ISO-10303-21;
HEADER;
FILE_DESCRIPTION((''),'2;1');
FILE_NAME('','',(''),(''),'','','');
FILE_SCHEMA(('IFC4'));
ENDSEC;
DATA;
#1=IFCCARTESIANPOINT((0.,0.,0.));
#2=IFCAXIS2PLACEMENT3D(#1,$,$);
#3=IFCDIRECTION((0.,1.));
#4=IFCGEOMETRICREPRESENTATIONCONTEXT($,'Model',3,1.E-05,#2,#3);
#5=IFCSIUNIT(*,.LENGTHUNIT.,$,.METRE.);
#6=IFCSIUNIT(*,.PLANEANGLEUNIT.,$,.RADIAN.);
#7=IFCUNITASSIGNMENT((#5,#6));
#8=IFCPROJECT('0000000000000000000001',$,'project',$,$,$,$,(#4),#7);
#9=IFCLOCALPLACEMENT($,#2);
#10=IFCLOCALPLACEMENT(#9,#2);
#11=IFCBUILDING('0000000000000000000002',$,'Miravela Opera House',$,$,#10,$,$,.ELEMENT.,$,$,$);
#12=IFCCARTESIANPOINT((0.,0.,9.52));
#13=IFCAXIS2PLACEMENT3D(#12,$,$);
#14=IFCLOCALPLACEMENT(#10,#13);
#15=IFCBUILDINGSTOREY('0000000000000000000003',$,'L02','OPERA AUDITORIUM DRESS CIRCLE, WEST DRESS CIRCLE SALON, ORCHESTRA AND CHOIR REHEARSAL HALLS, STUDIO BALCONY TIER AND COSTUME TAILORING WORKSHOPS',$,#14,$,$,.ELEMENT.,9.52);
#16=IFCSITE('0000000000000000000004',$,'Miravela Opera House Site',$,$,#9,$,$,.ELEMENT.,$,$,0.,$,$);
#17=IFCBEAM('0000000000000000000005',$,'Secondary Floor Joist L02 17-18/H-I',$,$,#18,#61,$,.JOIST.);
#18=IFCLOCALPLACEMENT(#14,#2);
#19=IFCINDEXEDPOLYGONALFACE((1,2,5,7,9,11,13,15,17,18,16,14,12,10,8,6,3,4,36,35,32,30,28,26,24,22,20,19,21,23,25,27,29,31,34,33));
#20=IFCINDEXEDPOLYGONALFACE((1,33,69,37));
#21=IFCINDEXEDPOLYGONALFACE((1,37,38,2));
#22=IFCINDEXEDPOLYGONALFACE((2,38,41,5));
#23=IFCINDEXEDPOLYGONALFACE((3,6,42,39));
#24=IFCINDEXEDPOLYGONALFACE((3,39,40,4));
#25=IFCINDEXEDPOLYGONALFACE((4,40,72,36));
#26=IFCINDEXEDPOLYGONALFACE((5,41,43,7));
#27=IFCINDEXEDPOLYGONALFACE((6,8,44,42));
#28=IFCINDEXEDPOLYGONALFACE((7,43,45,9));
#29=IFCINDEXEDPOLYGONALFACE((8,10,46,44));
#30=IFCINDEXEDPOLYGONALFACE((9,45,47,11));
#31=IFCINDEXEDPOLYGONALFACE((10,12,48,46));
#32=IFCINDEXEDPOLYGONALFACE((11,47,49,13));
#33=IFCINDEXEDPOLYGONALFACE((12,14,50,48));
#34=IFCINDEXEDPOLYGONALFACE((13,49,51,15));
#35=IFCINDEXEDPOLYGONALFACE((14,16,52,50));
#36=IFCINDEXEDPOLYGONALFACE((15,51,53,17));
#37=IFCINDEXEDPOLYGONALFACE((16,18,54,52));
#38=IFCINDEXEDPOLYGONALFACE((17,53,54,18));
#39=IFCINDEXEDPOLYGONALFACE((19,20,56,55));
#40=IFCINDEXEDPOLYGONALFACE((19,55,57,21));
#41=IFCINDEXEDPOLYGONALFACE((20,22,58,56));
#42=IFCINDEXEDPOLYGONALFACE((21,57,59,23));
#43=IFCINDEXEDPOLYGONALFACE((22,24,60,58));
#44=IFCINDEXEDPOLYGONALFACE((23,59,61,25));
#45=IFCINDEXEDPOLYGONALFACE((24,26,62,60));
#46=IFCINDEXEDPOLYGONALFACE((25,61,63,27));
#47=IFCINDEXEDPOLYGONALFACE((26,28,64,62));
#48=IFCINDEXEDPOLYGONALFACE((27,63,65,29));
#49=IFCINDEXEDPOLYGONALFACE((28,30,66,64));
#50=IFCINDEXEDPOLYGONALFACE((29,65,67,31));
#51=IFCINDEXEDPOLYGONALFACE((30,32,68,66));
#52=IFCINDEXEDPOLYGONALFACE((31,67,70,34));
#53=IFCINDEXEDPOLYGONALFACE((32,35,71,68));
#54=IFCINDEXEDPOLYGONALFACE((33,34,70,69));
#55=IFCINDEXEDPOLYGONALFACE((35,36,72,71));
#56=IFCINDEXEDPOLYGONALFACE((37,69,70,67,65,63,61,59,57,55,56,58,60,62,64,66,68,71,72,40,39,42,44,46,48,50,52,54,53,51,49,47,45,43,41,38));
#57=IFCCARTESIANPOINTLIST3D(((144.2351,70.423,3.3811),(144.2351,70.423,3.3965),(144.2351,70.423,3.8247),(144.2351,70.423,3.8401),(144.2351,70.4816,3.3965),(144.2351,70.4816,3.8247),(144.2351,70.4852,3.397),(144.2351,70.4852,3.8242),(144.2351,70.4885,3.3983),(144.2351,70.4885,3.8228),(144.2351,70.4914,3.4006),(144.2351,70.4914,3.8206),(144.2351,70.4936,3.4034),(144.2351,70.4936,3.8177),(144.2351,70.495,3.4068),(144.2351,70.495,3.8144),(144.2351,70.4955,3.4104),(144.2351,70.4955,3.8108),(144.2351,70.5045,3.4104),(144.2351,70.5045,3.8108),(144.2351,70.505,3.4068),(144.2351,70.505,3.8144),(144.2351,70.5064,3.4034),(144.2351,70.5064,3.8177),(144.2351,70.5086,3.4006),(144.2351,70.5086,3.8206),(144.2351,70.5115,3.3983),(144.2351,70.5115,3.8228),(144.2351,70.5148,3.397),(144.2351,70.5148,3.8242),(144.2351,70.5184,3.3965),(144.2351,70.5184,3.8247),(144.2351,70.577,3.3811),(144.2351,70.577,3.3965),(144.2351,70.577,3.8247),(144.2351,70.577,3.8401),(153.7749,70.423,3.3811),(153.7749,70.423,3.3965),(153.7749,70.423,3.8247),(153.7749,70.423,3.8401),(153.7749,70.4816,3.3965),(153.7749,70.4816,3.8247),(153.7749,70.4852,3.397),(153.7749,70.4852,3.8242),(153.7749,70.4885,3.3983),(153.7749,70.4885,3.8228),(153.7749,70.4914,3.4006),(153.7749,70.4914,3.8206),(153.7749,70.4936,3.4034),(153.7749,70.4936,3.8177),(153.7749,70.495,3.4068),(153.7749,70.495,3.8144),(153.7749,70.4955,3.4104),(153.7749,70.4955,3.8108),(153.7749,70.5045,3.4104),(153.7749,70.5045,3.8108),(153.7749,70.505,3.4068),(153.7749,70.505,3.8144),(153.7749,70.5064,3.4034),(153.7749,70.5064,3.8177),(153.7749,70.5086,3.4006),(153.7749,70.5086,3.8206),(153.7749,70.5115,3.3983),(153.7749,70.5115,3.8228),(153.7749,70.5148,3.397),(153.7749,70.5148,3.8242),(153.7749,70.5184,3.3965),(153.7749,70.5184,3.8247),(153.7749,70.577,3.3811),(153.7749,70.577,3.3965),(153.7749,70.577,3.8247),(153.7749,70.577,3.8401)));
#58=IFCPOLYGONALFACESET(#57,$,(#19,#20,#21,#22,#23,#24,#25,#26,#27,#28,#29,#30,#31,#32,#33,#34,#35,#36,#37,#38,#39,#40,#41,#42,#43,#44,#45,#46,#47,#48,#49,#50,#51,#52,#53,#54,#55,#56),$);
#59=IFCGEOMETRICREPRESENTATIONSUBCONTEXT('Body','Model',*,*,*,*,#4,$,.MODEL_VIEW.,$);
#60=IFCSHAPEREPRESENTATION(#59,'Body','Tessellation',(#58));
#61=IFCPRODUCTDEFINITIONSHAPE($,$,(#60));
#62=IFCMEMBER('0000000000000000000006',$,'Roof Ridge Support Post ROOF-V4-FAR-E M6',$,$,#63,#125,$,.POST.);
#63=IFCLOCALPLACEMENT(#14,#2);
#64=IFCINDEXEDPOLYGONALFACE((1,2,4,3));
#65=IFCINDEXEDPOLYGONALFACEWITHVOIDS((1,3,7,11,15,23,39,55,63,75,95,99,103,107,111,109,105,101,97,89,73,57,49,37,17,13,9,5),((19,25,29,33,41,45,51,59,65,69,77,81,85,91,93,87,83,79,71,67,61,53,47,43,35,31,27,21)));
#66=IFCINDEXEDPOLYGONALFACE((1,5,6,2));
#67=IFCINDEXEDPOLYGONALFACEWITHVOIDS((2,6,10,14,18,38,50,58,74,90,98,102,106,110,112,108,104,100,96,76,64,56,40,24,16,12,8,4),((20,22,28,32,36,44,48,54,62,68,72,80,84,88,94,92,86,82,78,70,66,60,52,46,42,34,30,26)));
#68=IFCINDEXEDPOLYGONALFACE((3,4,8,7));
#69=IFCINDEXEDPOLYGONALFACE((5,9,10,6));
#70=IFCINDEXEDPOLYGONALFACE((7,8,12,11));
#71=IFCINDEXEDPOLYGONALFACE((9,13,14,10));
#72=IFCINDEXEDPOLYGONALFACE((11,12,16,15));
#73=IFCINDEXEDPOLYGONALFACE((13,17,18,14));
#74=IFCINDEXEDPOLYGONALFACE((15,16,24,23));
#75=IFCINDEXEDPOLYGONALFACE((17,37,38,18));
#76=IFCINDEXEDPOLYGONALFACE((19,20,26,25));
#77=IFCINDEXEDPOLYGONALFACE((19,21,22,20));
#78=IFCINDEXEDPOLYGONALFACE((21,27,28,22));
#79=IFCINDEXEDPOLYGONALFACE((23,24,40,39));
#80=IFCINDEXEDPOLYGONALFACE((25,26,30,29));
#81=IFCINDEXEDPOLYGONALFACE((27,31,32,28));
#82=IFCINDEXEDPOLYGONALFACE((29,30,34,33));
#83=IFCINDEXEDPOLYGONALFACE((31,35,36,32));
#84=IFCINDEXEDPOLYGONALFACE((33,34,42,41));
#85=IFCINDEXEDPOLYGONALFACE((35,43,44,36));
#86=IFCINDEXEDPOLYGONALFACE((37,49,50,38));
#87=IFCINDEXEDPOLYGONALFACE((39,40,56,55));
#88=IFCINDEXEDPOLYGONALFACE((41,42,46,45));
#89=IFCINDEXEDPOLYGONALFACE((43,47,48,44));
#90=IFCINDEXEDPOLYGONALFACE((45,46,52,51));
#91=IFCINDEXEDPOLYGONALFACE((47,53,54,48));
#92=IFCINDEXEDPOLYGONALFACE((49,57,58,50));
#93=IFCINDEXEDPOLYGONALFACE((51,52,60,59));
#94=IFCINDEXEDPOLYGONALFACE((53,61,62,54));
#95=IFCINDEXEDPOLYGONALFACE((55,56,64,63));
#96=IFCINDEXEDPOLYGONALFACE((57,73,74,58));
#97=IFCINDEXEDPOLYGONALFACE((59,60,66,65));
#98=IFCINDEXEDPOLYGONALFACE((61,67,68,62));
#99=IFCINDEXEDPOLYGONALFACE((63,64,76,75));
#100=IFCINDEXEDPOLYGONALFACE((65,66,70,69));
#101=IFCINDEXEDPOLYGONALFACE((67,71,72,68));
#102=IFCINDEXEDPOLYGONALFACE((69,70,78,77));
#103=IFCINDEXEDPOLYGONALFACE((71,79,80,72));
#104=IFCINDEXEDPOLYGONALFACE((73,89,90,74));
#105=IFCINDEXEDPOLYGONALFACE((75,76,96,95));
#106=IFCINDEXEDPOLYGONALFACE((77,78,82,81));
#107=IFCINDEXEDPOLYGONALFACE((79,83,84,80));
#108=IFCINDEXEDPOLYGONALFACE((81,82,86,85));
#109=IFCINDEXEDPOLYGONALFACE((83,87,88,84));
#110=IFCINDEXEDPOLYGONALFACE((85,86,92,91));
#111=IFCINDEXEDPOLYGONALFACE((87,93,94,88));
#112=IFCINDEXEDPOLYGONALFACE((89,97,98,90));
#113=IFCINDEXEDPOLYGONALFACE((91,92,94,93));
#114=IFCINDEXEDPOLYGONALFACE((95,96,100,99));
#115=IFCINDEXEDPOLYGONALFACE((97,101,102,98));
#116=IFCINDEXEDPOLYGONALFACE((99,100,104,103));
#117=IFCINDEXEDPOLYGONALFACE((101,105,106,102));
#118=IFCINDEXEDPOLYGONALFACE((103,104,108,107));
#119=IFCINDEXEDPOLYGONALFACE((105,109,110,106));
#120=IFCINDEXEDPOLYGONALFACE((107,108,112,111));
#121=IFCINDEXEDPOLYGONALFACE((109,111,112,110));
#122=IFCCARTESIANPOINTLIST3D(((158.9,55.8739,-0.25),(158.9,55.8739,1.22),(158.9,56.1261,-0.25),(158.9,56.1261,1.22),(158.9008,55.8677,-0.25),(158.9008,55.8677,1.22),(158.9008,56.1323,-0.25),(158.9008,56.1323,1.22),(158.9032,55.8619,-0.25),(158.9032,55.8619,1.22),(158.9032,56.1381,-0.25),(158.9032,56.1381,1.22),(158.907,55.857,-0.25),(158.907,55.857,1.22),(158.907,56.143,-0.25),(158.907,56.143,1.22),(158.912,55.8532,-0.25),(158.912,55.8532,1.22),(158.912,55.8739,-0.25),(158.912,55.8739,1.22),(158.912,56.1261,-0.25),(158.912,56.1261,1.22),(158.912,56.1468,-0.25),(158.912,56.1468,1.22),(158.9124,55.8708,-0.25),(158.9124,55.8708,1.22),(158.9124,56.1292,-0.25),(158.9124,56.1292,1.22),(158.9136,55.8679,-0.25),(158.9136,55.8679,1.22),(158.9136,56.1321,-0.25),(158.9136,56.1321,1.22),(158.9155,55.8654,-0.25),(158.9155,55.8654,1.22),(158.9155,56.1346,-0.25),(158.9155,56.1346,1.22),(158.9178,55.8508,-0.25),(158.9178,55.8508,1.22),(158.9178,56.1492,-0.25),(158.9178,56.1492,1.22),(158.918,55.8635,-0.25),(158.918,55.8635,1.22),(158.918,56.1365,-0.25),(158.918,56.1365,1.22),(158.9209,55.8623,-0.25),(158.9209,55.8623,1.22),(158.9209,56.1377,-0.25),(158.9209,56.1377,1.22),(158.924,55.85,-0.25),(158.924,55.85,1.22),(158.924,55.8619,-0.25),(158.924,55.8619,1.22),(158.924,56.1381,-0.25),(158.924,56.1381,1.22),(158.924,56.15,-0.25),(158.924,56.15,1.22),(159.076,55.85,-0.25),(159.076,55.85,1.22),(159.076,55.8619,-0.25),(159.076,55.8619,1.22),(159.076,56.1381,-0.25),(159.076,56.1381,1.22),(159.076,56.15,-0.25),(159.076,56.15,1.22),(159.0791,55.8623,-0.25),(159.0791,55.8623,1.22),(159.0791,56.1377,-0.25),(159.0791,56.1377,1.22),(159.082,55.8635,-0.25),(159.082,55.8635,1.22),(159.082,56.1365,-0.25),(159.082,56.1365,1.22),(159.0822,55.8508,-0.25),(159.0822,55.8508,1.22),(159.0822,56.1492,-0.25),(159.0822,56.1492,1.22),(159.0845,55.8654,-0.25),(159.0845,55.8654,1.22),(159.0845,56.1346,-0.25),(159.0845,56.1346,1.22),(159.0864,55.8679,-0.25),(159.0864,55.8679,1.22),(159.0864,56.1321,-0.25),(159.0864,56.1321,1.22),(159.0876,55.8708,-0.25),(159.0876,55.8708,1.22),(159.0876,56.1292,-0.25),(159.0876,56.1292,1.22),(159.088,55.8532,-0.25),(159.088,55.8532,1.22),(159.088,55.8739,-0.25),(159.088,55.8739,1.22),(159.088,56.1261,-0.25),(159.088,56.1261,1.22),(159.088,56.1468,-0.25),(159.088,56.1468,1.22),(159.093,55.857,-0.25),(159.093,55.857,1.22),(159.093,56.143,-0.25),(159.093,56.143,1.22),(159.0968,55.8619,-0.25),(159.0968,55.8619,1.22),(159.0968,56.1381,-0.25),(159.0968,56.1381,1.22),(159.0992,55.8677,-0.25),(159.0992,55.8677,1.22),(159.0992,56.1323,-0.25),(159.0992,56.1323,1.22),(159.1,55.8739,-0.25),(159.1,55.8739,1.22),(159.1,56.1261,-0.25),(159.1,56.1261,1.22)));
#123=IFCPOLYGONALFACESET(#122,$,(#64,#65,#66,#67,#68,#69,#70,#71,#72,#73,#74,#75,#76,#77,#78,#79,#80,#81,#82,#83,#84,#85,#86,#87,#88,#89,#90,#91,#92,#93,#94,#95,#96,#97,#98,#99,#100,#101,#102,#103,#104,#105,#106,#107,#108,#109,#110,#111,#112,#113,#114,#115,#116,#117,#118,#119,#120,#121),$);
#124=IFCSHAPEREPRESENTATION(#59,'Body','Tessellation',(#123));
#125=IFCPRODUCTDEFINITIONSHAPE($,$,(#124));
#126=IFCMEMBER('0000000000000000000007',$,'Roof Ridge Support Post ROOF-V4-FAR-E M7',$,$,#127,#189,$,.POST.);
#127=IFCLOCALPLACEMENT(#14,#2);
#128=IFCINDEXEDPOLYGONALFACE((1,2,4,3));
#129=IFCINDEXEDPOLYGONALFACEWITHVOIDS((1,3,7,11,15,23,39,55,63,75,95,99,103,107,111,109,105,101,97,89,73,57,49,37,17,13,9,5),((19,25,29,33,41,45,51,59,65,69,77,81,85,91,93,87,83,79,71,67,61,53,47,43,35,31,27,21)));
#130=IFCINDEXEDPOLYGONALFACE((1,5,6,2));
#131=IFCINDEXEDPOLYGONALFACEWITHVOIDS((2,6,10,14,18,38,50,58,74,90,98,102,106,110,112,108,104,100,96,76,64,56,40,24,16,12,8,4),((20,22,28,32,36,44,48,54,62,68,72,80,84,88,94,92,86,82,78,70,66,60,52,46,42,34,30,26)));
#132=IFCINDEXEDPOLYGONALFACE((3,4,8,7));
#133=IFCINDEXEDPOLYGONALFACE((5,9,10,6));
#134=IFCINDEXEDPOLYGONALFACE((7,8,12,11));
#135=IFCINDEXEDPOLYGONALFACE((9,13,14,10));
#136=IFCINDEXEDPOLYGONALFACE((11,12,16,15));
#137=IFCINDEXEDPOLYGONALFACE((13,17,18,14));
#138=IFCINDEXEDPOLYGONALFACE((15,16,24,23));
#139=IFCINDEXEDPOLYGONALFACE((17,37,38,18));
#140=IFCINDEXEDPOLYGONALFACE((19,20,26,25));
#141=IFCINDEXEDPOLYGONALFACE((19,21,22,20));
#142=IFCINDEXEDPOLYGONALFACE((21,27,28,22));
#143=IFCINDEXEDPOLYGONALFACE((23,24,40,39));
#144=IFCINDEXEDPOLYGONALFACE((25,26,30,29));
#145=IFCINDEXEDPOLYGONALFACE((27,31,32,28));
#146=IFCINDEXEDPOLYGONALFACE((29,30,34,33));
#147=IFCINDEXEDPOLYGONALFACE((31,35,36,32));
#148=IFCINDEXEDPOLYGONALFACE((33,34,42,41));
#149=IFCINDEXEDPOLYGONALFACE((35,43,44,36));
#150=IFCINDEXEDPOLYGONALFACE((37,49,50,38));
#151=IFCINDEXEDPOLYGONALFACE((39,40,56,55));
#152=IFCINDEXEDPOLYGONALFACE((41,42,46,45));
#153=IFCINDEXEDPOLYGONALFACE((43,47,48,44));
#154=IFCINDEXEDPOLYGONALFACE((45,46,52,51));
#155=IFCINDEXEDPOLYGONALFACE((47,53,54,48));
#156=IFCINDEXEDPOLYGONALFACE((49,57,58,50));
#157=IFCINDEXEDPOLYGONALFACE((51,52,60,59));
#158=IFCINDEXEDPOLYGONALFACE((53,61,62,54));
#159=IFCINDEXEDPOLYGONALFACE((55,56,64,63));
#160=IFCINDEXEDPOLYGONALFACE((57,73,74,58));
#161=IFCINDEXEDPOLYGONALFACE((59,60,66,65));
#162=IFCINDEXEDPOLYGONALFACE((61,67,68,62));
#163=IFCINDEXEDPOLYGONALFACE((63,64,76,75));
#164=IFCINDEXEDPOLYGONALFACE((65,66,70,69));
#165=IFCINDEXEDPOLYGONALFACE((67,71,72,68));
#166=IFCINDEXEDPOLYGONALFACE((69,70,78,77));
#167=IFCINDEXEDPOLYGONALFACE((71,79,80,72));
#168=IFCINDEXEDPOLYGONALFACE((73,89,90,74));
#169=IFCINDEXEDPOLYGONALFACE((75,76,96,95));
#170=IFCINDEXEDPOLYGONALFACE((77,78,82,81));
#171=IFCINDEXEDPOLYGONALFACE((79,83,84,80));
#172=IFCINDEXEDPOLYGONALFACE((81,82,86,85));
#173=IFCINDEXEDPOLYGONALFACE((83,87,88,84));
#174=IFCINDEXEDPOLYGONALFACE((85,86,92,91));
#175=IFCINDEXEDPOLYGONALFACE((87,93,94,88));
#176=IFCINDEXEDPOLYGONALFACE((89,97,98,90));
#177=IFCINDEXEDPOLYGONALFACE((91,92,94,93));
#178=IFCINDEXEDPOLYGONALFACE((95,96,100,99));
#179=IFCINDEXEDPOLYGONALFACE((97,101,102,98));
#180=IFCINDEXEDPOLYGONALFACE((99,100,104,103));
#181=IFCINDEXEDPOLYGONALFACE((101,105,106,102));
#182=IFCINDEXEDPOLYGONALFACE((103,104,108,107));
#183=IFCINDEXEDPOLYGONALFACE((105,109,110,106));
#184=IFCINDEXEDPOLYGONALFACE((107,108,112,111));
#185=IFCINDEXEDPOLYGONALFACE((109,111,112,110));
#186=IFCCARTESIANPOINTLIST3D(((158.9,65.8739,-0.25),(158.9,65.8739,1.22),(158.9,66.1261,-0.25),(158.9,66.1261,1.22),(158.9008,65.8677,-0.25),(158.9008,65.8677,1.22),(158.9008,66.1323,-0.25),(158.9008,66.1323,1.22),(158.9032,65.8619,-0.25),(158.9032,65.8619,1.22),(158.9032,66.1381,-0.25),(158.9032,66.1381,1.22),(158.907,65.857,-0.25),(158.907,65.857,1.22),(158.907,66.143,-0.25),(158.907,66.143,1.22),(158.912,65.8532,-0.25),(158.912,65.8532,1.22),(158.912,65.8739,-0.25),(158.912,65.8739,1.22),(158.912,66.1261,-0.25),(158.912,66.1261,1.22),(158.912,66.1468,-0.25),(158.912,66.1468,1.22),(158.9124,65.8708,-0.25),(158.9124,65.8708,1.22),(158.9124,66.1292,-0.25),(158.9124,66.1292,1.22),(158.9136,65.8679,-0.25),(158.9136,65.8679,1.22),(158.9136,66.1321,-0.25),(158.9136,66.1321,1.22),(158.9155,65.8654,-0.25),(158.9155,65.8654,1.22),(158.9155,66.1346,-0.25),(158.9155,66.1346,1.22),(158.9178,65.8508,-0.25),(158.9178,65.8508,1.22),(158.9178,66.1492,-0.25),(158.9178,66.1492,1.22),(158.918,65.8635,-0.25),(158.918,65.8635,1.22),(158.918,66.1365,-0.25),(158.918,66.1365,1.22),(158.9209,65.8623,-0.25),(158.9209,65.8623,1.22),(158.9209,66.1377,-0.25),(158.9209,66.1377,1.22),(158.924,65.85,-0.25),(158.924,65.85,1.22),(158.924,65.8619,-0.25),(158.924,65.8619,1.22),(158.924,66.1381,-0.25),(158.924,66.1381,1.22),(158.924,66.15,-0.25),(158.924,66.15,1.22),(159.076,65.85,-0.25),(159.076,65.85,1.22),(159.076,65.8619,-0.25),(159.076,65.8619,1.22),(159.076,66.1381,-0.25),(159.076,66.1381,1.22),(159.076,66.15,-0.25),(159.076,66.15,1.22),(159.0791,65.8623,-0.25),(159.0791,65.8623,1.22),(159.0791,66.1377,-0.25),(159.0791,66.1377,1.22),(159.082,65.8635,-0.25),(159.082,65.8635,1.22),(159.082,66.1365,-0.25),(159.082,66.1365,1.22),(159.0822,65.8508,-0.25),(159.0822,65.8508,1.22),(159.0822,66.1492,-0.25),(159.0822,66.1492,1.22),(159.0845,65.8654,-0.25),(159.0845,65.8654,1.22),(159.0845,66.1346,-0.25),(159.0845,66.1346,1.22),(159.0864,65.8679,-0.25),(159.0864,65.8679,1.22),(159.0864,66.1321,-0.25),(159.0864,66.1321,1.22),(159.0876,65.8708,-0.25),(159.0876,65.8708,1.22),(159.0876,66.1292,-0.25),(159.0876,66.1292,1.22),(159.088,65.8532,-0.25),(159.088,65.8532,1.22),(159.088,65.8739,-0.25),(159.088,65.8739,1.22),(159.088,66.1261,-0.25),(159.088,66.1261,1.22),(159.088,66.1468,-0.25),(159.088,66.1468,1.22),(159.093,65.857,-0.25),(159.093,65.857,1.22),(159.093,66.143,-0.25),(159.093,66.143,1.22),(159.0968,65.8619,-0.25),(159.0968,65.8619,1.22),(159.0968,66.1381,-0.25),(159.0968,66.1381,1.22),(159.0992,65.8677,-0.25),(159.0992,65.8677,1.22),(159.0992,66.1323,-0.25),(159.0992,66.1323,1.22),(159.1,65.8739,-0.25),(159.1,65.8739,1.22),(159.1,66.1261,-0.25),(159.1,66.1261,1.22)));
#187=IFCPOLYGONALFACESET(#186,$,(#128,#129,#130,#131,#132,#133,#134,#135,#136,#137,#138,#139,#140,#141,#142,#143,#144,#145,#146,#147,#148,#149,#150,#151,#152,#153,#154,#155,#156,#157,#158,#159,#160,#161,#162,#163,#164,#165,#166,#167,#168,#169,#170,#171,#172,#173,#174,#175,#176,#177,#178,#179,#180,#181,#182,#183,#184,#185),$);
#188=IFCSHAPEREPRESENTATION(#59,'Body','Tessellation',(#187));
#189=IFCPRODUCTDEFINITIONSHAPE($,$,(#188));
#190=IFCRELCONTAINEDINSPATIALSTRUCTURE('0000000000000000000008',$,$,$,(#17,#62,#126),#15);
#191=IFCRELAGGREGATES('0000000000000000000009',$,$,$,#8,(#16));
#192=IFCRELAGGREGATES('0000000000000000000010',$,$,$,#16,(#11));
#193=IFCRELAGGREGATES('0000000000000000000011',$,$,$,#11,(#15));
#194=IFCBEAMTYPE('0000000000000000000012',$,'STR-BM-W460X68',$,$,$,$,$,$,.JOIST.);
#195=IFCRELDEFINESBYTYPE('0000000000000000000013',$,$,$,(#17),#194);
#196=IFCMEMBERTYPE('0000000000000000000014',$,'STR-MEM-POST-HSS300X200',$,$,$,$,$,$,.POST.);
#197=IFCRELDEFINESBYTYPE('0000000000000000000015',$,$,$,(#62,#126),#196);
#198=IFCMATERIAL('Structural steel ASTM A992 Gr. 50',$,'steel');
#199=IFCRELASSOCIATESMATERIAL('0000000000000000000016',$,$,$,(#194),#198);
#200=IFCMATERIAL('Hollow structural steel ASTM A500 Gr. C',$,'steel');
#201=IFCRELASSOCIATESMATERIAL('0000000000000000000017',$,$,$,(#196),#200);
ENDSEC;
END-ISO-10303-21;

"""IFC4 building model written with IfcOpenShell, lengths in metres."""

from ifc_helpers import new_model, si_unit, direction, frame, origin, origin_2d, place, context, subcontext, project, spatial, hollow_rectangle, i_section, extrude, material, material_profile, profile_set, type_object, element, save


model = new_model("IFC4")

# Units and contexts
model_context = context("Model", 3, precision=1e-05, world=origin(), true_north=direction((0.0, 1.0)))
body_context = subcontext(model_context, "Body", "Model", "MODEL_VIEW")
ifc_project = project(units=[si_unit("LENGTHUNIT", "METRE"), si_unit("PLANEANGLEUNIT", "RADIAN")], contexts=[model_context])

# Site, building, storey
site_placement = place(None, origin())
site = spatial("IfcSite", under=ifc_project, at=site_placement, Name="Miravela Opera House Site", CompositionType="ELEMENT", RefElevation=0.0)
building_placement = place(site_placement, origin())
building = spatial("IfcBuilding", under=site, at=building_placement, Name="Miravela Opera House", CompositionType="ELEMENT")
storey_placement = place(building_placement, frame((0.0, 0.0, 9.52)))
storey = spatial("IfcBuildingStorey", under=building, at=storey_placement, Name="L02", Description="OPERA AUDITORIUM DRESS CIRCLE, WEST DRESS CIRCLE SALON, ORCHESTRA AND CHOIR REHEARSAL HALLS, STUDIO BALCONY TIER AND COSTUME TAILORING WORKSHOPS", CompositionType="ELEMENT", Elevation=9.52)

# Beam
ifc_material_1 = material(Name="Structural steel ASTM A992 Gr. 50", Category="steel")
ifc_material_profile_1 = material_profile(ifc_material_1, i_section(OverallWidth=0.1541, OverallDepth=0.459, WebThickness=0.009, FlangeThickness=0.0154, FilletRadius=0.0139, at=origin_2d()), Name="W460X68")
ifc_profile_set_1 = profile_set([ifc_material_profile_1])
beam_type_1 = type_object("IfcBeamType", Name="STR-BM-W460X68", PredefinedType="JOIST", material=ifc_profile_set_1)
beam_1_placement = place(storey_placement, frame((144.2351, 70.5, 3.6106), z_axis=(1.0, 0.0, 0.0), x_axis=(0.0, 1.0, 0.0)))
element("IfcBeam", 1, at=beam_1_placement, inside=storey, type_object=beam_type_1, Name="Secondary Floor Joist L02 17-18/H-I", PredefinedType="JOIST", context=body_context, shape_type="SweptSolid", body=[
    extrude(i_section(OverallWidth=0.1541, OverallDepth=0.459, WebThickness=0.009, FlangeThickness=0.0154, FilletRadius=0.0139, at=origin_2d()), origin(), (0.0, 0.0, 1.0), 9.5398),
])

# Members
ifc_material_2 = material(Name="Hollow structural steel ASTM A500 Gr. C", Category="steel")
ifc_material_profile_2 = material_profile(ifc_material_2, hollow_rectangle(XDim=0.2, YDim=0.3, WallThickness=0.012, InnerFilletRadius=0.012, OuterFilletRadius=0.0239, at=origin_2d()), Name="HSS300X200X12")
ifc_profile_set_2 = profile_set([ifc_material_profile_2])
member_type_1 = type_object("IfcMemberType", Name="STR-MEM-POST-HSS300X200", PredefinedType="POST", material=ifc_profile_set_2)
for number, where, z_axis, x_axis, name in (
    (2, (159.0, 56.0, -0.25), (0.0, 0.0, 1.0), (1.0, 0.0, 0.0), "Roof Ridge Support Post ROOF-V4-FAR-E M6"),
    (3, (159.0, 66.0, -0.25), (0.0, 0.0, 1.0), (1.0, 0.0, 0.0), "Roof Ridge Support Post ROOF-V4-FAR-E M7"),
):
    element("IfcMember", number, at=place(storey_placement, frame(where, z_axis=z_axis, x_axis=x_axis)), inside=storey, type_object=member_type_1, Name=name, PredefinedType="POST", context=body_context, shape_type="SweptSolid", body=[
        extrude(hollow_rectangle(XDim=0.2, YDim=0.3, WallThickness=0.012, InnerFilletRadius=0.012, OuterFilletRadius=0.0239, at=origin_2d()), origin(), (0.0, 0.0, 1.0), 1.47),
    ])

save(model, "model.ifc")
